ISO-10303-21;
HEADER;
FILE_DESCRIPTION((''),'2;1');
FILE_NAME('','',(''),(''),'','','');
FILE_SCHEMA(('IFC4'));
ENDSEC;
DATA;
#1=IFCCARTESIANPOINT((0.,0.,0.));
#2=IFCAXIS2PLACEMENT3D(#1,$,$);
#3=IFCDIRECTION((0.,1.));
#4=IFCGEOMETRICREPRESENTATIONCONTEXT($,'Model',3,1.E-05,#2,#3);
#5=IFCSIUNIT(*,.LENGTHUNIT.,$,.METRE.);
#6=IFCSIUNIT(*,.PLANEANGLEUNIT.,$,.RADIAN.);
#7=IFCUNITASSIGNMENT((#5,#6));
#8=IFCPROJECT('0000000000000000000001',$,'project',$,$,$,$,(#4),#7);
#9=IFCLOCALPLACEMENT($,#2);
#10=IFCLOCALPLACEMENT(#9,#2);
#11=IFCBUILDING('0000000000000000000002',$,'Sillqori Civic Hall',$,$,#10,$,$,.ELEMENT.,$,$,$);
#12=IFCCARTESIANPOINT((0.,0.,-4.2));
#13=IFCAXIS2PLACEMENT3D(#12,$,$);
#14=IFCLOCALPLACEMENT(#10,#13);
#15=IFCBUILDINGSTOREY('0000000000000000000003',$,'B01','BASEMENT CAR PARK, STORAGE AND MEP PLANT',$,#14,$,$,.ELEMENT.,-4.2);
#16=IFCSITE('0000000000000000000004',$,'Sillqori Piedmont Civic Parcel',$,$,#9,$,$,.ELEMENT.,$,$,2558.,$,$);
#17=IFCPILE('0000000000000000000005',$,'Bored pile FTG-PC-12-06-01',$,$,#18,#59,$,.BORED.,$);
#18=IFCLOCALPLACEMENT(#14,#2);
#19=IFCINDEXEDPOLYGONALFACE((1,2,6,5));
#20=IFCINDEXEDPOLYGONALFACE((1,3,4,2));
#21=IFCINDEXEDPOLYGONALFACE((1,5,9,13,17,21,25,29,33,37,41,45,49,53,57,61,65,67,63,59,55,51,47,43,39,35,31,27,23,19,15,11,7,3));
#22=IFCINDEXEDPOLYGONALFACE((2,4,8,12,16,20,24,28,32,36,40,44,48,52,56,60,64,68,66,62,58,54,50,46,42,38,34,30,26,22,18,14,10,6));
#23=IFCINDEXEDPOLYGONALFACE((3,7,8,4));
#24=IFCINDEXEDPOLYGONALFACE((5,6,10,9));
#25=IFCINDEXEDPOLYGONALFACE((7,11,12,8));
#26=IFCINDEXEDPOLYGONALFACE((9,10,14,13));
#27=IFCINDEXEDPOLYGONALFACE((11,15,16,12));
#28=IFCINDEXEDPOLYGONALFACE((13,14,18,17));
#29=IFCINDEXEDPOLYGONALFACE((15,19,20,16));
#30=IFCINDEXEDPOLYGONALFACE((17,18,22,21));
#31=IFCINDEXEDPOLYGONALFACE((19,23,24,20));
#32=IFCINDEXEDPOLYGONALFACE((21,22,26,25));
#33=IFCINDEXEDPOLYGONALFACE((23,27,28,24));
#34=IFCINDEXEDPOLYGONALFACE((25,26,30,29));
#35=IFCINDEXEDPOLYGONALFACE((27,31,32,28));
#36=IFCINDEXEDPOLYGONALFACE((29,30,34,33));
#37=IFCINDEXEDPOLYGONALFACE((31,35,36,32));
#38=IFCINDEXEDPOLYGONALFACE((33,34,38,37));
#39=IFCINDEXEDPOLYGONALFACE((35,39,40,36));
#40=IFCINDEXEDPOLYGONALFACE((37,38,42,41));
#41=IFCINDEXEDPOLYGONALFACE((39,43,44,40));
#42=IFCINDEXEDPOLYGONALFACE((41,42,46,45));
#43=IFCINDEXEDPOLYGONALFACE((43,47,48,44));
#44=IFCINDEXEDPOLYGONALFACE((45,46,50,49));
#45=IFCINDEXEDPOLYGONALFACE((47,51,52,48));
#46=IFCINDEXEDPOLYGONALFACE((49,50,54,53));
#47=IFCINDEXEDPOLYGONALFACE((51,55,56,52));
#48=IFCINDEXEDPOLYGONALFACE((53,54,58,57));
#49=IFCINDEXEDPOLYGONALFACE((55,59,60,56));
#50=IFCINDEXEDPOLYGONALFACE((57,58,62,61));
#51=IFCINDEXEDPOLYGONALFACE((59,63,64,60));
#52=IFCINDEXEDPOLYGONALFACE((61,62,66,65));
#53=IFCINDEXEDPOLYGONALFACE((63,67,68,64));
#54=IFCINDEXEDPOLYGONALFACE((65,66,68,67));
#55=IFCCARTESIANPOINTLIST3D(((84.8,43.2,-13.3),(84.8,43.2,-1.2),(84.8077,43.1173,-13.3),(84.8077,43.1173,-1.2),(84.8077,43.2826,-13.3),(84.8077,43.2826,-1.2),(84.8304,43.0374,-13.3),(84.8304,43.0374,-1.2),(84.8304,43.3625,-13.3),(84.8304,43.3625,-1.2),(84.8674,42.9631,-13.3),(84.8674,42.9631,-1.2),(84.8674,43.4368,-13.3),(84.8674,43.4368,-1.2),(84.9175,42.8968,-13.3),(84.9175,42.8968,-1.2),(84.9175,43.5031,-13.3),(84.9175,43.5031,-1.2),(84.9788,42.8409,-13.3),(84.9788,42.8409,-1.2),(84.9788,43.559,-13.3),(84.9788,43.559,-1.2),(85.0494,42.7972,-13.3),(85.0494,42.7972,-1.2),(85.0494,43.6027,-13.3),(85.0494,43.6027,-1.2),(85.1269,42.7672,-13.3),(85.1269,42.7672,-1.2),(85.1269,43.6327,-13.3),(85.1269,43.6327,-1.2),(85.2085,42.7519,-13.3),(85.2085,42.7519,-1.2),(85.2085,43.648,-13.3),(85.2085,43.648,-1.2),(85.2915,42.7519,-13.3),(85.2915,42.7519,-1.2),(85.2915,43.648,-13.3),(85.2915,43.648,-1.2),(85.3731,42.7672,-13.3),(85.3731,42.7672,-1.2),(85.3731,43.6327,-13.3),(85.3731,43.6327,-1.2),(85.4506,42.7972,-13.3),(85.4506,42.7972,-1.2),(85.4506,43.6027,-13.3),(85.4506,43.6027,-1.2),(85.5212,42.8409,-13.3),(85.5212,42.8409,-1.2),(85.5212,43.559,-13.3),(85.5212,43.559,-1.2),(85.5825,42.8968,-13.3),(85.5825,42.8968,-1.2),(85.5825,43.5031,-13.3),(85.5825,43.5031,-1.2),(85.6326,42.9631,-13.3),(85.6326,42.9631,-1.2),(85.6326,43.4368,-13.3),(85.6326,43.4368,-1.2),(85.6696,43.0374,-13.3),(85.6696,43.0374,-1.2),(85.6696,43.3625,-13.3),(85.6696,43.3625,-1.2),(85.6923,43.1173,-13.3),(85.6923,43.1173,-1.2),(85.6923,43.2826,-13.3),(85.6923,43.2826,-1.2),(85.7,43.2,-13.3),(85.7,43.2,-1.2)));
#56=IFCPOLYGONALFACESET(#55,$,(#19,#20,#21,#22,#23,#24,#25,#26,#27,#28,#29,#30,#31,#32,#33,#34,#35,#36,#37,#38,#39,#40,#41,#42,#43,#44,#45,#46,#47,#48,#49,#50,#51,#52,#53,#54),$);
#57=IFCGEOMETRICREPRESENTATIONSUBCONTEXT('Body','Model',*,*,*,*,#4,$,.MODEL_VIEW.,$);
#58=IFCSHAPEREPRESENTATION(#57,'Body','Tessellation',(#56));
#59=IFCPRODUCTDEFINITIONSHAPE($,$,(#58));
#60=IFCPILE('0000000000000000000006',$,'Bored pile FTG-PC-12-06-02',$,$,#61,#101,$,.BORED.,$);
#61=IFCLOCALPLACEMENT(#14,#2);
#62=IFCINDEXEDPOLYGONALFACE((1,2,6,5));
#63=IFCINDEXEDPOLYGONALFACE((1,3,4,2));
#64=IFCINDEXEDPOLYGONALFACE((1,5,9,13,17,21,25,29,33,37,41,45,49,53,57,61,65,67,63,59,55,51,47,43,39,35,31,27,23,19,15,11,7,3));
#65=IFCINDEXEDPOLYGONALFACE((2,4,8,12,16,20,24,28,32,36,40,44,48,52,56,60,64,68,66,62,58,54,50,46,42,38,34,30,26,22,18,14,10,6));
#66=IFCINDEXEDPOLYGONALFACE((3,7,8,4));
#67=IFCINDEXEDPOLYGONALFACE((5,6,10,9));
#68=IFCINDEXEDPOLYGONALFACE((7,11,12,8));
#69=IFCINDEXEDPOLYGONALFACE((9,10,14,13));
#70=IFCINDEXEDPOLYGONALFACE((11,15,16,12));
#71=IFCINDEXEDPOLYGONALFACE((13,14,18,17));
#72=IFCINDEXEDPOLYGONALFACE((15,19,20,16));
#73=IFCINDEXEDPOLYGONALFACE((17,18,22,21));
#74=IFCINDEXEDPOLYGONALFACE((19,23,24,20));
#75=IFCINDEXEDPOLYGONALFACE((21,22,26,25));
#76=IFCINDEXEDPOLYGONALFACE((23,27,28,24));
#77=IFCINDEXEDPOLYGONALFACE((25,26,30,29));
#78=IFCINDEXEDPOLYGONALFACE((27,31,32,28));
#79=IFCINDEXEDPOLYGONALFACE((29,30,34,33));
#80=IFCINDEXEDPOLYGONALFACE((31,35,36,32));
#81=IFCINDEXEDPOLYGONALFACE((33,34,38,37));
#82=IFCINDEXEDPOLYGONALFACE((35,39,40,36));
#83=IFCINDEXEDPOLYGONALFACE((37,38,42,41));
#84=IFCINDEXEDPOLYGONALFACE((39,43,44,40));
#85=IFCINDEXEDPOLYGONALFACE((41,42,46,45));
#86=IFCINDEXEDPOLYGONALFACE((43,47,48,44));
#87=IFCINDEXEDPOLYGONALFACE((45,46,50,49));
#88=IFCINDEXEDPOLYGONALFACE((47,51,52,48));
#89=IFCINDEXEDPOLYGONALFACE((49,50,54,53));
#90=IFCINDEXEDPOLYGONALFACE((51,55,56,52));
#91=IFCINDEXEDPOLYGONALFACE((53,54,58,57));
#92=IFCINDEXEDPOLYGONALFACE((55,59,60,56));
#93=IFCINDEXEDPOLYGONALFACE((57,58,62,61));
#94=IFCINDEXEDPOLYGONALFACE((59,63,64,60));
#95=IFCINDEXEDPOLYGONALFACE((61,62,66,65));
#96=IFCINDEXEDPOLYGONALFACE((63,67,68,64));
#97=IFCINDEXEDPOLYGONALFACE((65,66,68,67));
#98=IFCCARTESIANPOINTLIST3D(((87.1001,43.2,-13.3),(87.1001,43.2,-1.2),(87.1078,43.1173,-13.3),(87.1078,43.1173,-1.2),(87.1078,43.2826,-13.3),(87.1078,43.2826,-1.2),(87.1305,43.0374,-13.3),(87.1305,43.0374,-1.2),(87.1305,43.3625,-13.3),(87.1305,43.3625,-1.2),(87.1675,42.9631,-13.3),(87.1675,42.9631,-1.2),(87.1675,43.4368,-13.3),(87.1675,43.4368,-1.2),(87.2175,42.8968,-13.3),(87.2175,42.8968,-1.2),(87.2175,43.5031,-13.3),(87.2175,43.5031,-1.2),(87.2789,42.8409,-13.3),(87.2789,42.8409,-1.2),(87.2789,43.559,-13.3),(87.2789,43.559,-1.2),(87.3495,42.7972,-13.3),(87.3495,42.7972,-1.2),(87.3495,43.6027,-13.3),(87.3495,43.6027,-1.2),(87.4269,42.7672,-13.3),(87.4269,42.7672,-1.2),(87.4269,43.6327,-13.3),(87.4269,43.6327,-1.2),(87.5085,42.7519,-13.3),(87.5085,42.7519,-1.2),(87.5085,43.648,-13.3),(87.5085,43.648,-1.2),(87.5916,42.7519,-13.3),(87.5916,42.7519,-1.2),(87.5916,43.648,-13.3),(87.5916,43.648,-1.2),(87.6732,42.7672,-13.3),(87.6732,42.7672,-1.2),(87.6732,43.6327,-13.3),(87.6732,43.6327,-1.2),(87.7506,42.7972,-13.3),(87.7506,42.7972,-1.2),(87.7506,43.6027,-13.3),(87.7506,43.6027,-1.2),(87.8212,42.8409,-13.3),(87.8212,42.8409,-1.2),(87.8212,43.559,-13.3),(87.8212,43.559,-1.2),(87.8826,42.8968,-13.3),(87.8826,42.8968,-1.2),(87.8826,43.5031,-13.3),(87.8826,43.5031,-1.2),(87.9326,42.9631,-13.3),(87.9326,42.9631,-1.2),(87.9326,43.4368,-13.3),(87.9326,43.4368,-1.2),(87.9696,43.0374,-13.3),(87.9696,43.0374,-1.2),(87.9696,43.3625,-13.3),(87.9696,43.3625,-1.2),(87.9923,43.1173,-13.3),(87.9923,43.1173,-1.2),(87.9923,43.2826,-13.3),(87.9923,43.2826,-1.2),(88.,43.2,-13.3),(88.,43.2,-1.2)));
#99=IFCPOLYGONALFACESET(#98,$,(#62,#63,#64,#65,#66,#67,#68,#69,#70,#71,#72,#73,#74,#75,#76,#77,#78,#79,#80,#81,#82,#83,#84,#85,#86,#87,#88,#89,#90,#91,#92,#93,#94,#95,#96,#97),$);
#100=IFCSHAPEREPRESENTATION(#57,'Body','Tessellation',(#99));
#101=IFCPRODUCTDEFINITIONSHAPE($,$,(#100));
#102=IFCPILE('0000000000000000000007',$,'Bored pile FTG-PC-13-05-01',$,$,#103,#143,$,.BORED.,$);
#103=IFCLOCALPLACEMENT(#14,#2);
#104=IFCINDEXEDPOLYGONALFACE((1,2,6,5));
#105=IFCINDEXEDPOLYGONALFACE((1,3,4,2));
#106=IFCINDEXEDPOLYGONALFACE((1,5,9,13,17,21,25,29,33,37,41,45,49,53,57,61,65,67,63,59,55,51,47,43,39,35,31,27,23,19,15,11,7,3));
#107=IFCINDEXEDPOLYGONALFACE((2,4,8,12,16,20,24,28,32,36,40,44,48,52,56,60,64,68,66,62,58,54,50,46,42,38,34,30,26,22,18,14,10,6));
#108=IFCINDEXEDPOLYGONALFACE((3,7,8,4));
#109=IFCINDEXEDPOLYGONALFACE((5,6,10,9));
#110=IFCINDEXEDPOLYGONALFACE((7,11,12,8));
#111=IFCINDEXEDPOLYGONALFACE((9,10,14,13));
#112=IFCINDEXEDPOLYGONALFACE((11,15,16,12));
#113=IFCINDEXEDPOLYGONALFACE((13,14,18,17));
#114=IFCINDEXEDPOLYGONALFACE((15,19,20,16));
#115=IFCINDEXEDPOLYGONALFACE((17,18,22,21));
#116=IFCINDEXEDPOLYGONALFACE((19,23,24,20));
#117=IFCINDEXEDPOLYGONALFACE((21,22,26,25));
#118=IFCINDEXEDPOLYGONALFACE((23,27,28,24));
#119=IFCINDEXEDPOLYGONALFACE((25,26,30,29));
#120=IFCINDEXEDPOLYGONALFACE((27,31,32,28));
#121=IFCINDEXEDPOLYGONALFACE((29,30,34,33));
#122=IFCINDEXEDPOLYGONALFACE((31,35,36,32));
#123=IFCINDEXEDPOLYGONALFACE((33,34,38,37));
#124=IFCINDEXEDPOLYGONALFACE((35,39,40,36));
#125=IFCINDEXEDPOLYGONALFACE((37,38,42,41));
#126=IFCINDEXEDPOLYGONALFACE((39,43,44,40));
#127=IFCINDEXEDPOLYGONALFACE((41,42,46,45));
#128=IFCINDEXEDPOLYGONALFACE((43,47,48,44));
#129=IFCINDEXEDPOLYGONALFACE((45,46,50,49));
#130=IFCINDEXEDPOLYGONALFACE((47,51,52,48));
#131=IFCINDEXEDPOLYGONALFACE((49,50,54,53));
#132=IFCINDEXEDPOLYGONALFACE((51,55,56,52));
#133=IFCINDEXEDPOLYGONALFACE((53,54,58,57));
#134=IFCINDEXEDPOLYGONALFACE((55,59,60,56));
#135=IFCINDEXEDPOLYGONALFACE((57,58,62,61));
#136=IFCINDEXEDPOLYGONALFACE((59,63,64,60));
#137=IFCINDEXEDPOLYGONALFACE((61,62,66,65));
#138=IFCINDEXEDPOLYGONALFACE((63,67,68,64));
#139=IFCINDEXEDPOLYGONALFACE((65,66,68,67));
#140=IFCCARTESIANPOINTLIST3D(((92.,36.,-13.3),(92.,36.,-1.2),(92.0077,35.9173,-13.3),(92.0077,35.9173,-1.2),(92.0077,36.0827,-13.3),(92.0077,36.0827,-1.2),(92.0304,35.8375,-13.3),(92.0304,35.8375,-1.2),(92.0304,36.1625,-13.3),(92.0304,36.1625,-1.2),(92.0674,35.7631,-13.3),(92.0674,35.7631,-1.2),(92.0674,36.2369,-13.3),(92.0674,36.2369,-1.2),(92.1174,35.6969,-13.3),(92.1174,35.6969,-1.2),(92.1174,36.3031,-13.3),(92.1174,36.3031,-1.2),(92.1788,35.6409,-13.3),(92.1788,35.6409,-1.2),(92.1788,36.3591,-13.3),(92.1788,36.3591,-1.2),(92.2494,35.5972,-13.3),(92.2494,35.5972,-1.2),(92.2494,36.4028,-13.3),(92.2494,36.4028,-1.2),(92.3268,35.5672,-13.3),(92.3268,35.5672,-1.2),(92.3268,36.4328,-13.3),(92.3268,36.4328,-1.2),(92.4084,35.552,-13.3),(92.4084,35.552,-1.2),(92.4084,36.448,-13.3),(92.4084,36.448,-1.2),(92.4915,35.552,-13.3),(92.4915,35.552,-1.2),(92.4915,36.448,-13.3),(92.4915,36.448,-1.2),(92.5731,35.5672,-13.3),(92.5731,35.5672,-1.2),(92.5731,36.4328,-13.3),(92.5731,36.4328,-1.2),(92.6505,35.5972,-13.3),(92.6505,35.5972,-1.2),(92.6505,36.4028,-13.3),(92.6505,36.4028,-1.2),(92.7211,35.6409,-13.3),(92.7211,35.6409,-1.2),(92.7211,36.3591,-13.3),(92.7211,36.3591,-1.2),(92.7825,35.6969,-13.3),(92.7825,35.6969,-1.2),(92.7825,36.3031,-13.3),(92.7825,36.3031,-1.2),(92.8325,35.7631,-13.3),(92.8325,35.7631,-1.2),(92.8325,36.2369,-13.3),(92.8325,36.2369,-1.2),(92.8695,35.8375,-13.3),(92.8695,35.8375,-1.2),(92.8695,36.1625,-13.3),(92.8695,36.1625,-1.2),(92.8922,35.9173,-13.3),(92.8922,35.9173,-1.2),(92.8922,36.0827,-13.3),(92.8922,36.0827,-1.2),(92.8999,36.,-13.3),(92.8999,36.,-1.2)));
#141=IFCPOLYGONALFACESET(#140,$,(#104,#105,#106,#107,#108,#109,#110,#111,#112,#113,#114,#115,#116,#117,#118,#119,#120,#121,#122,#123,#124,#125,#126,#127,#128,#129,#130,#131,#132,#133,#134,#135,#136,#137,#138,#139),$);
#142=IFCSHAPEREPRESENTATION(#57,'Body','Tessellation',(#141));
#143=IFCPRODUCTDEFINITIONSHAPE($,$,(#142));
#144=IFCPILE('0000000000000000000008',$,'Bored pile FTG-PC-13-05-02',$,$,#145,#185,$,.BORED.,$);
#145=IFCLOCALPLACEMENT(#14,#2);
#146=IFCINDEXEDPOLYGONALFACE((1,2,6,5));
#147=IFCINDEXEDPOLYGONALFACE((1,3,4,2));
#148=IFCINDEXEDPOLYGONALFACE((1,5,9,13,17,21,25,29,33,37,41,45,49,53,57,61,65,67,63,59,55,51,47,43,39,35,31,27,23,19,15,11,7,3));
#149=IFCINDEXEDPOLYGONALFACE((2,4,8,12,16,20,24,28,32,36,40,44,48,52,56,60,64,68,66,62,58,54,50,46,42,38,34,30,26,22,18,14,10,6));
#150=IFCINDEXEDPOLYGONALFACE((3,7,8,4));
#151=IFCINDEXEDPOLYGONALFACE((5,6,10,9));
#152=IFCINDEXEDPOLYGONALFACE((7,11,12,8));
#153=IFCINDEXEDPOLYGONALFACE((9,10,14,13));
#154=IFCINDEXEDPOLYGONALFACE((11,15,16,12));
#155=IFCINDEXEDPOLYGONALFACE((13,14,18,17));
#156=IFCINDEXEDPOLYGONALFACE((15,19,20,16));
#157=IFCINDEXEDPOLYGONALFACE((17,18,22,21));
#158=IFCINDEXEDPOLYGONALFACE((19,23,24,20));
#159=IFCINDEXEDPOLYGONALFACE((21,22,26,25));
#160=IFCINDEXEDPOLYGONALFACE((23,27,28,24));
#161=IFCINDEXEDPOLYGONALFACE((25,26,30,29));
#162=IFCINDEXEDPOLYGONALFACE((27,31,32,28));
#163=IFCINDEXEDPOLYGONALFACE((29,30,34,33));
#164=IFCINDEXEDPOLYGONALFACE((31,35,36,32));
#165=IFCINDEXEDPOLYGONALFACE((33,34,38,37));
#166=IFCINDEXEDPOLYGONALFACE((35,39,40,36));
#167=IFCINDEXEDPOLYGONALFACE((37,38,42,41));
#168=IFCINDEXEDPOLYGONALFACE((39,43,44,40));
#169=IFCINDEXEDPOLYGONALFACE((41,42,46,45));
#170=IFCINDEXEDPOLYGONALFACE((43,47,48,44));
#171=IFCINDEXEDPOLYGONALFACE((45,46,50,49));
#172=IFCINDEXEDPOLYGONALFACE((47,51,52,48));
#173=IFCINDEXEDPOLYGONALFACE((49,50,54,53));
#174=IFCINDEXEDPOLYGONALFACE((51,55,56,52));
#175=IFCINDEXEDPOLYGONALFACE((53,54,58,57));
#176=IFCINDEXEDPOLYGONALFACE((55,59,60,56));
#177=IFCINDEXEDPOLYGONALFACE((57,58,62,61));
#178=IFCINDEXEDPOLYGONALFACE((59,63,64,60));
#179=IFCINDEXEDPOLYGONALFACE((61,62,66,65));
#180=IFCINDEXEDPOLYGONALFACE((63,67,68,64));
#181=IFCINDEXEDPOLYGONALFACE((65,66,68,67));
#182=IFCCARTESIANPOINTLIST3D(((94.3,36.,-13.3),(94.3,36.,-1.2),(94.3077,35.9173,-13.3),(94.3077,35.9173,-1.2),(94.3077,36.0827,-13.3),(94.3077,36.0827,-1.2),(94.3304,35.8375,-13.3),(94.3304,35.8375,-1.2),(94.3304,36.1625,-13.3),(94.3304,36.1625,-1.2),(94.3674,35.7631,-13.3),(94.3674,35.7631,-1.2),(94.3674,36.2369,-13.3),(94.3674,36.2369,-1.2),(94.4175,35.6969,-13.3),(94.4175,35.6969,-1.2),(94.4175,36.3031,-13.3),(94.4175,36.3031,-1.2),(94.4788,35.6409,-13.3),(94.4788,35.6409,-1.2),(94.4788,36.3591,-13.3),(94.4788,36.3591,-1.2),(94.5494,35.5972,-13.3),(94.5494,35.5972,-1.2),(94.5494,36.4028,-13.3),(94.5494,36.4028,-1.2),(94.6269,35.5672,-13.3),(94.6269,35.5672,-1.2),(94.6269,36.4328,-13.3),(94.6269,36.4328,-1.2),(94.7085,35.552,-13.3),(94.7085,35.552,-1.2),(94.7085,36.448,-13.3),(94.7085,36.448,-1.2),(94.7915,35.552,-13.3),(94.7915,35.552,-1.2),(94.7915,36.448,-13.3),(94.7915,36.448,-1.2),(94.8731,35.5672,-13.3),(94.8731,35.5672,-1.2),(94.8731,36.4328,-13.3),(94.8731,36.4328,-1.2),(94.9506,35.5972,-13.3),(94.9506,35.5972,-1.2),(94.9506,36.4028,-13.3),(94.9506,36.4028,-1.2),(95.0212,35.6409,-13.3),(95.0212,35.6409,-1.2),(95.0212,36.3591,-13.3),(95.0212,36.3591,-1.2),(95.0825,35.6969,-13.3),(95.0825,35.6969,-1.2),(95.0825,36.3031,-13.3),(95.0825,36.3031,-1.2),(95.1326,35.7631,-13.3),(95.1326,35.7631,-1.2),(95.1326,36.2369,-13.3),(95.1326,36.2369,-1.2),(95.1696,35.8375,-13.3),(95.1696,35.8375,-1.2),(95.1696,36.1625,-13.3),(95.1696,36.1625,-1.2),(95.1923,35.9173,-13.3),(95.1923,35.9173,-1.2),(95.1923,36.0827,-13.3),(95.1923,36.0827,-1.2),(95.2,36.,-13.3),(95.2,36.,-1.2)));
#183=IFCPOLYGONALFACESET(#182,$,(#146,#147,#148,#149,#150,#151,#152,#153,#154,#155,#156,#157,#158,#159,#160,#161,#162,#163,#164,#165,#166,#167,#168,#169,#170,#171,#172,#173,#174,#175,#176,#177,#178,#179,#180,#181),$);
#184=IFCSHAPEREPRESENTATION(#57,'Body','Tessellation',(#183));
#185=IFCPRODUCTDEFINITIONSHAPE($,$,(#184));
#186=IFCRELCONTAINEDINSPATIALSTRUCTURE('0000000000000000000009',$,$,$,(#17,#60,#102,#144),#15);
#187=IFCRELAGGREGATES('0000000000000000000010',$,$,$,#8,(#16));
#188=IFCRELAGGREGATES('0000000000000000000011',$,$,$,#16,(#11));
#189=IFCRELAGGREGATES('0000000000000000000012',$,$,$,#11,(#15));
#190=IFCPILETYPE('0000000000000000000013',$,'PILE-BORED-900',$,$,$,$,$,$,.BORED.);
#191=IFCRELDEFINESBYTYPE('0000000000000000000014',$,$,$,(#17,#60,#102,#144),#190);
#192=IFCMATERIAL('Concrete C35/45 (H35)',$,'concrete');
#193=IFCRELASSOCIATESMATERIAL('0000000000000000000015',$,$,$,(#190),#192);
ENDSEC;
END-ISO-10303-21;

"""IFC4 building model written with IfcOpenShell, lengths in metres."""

from ifc_helpers import new_model, si_unit, direction, frame, origin, origin_2d, place, context, subcontext, project, spatial, circle, extrude, material, material_profile, profile_set, type_object, element, save


model = new_model("IFC4")

# Units and contexts
model_context = context("Model", 3, precision=1e-05, world=origin(), true_north=direction((0.0, 1.0)))
body_context = subcontext(model_context, "Body", "Model", "MODEL_VIEW")
ifc_project = project(units=[si_unit("LENGTHUNIT", "METRE"), si_unit("PLANEANGLEUNIT", "RADIAN")], contexts=[model_context])

# Site, building, storey
site_placement = place(None, origin())
site = spatial("IfcSite", under=ifc_project, at=site_placement, Name="Sillqori Piedmont Civic Parcel", CompositionType="ELEMENT", RefElevation=2558.0)
building_placement = place(site_placement, origin())
building = spatial("IfcBuilding", under=site, at=building_placement, Name="Sillqori Civic Hall", CompositionType="ELEMENT")
storey_placement = place(building_placement, frame((0.0, 0.0, -4.2)))
storey = spatial("IfcBuildingStorey", under=building, at=storey_placement, Name="B01", Description="BASEMENT CAR PARK, STORAGE AND MEP PLANT", CompositionType="ELEMENT", Elevation=-4.2)

# Shared definitions
ifc_material = material(Name="Concrete C35/45 (H35)", Category="concrete")

# Piles
ifc_material_profile_1 = material_profile(ifc_material, circle(Radius=0.45, at=origin_2d()), Name="BORED PILE 900")
ifc_profile_set_1 = profile_set([ifc_material_profile_1], Name="Concrete C35/45 (H35)")
pile_type = type_object("IfcPileType", Name="PILE-BORED-900", PredefinedType="BORED", material=ifc_profile_set_1)
for number, where, z_axis, x_axis, name in (
    (1, (85.25, 43.2, -1.2), (0.0, 0.0, -1.0), (1.0, 0.0, 0.0), "Bored pile FTG-PC-12-06-01"),
    (2, (87.55, 43.2, -1.2), (0.0, 0.0, -1.0), (1.0, 0.0, 0.0), "Bored pile FTG-PC-12-06-02"),
    (3, (92.45, 36.0, -1.2), (0.0, 0.0, -1.0), (1.0, 0.0, 0.0), "Bored pile FTG-PC-13-05-01"),
    (4, (94.75, 36.0, -1.2), (0.0, 0.0, -1.0), (1.0, 0.0, 0.0), "Bored pile FTG-PC-13-05-02"),
):
    element("IfcPile", number, at=place(storey_placement, frame(where, z_axis=z_axis, x_axis=x_axis)), inside=storey, type_object=pile_type, Name=name, PredefinedType="BORED", context=body_context, shape_type="SweptSolid", body=[
        extrude(circle(Radius=0.45, at=origin_2d()), origin(), (0.0, 0.0, 1.0), 12.1001),
    ])

save(model, "model.ifc")
